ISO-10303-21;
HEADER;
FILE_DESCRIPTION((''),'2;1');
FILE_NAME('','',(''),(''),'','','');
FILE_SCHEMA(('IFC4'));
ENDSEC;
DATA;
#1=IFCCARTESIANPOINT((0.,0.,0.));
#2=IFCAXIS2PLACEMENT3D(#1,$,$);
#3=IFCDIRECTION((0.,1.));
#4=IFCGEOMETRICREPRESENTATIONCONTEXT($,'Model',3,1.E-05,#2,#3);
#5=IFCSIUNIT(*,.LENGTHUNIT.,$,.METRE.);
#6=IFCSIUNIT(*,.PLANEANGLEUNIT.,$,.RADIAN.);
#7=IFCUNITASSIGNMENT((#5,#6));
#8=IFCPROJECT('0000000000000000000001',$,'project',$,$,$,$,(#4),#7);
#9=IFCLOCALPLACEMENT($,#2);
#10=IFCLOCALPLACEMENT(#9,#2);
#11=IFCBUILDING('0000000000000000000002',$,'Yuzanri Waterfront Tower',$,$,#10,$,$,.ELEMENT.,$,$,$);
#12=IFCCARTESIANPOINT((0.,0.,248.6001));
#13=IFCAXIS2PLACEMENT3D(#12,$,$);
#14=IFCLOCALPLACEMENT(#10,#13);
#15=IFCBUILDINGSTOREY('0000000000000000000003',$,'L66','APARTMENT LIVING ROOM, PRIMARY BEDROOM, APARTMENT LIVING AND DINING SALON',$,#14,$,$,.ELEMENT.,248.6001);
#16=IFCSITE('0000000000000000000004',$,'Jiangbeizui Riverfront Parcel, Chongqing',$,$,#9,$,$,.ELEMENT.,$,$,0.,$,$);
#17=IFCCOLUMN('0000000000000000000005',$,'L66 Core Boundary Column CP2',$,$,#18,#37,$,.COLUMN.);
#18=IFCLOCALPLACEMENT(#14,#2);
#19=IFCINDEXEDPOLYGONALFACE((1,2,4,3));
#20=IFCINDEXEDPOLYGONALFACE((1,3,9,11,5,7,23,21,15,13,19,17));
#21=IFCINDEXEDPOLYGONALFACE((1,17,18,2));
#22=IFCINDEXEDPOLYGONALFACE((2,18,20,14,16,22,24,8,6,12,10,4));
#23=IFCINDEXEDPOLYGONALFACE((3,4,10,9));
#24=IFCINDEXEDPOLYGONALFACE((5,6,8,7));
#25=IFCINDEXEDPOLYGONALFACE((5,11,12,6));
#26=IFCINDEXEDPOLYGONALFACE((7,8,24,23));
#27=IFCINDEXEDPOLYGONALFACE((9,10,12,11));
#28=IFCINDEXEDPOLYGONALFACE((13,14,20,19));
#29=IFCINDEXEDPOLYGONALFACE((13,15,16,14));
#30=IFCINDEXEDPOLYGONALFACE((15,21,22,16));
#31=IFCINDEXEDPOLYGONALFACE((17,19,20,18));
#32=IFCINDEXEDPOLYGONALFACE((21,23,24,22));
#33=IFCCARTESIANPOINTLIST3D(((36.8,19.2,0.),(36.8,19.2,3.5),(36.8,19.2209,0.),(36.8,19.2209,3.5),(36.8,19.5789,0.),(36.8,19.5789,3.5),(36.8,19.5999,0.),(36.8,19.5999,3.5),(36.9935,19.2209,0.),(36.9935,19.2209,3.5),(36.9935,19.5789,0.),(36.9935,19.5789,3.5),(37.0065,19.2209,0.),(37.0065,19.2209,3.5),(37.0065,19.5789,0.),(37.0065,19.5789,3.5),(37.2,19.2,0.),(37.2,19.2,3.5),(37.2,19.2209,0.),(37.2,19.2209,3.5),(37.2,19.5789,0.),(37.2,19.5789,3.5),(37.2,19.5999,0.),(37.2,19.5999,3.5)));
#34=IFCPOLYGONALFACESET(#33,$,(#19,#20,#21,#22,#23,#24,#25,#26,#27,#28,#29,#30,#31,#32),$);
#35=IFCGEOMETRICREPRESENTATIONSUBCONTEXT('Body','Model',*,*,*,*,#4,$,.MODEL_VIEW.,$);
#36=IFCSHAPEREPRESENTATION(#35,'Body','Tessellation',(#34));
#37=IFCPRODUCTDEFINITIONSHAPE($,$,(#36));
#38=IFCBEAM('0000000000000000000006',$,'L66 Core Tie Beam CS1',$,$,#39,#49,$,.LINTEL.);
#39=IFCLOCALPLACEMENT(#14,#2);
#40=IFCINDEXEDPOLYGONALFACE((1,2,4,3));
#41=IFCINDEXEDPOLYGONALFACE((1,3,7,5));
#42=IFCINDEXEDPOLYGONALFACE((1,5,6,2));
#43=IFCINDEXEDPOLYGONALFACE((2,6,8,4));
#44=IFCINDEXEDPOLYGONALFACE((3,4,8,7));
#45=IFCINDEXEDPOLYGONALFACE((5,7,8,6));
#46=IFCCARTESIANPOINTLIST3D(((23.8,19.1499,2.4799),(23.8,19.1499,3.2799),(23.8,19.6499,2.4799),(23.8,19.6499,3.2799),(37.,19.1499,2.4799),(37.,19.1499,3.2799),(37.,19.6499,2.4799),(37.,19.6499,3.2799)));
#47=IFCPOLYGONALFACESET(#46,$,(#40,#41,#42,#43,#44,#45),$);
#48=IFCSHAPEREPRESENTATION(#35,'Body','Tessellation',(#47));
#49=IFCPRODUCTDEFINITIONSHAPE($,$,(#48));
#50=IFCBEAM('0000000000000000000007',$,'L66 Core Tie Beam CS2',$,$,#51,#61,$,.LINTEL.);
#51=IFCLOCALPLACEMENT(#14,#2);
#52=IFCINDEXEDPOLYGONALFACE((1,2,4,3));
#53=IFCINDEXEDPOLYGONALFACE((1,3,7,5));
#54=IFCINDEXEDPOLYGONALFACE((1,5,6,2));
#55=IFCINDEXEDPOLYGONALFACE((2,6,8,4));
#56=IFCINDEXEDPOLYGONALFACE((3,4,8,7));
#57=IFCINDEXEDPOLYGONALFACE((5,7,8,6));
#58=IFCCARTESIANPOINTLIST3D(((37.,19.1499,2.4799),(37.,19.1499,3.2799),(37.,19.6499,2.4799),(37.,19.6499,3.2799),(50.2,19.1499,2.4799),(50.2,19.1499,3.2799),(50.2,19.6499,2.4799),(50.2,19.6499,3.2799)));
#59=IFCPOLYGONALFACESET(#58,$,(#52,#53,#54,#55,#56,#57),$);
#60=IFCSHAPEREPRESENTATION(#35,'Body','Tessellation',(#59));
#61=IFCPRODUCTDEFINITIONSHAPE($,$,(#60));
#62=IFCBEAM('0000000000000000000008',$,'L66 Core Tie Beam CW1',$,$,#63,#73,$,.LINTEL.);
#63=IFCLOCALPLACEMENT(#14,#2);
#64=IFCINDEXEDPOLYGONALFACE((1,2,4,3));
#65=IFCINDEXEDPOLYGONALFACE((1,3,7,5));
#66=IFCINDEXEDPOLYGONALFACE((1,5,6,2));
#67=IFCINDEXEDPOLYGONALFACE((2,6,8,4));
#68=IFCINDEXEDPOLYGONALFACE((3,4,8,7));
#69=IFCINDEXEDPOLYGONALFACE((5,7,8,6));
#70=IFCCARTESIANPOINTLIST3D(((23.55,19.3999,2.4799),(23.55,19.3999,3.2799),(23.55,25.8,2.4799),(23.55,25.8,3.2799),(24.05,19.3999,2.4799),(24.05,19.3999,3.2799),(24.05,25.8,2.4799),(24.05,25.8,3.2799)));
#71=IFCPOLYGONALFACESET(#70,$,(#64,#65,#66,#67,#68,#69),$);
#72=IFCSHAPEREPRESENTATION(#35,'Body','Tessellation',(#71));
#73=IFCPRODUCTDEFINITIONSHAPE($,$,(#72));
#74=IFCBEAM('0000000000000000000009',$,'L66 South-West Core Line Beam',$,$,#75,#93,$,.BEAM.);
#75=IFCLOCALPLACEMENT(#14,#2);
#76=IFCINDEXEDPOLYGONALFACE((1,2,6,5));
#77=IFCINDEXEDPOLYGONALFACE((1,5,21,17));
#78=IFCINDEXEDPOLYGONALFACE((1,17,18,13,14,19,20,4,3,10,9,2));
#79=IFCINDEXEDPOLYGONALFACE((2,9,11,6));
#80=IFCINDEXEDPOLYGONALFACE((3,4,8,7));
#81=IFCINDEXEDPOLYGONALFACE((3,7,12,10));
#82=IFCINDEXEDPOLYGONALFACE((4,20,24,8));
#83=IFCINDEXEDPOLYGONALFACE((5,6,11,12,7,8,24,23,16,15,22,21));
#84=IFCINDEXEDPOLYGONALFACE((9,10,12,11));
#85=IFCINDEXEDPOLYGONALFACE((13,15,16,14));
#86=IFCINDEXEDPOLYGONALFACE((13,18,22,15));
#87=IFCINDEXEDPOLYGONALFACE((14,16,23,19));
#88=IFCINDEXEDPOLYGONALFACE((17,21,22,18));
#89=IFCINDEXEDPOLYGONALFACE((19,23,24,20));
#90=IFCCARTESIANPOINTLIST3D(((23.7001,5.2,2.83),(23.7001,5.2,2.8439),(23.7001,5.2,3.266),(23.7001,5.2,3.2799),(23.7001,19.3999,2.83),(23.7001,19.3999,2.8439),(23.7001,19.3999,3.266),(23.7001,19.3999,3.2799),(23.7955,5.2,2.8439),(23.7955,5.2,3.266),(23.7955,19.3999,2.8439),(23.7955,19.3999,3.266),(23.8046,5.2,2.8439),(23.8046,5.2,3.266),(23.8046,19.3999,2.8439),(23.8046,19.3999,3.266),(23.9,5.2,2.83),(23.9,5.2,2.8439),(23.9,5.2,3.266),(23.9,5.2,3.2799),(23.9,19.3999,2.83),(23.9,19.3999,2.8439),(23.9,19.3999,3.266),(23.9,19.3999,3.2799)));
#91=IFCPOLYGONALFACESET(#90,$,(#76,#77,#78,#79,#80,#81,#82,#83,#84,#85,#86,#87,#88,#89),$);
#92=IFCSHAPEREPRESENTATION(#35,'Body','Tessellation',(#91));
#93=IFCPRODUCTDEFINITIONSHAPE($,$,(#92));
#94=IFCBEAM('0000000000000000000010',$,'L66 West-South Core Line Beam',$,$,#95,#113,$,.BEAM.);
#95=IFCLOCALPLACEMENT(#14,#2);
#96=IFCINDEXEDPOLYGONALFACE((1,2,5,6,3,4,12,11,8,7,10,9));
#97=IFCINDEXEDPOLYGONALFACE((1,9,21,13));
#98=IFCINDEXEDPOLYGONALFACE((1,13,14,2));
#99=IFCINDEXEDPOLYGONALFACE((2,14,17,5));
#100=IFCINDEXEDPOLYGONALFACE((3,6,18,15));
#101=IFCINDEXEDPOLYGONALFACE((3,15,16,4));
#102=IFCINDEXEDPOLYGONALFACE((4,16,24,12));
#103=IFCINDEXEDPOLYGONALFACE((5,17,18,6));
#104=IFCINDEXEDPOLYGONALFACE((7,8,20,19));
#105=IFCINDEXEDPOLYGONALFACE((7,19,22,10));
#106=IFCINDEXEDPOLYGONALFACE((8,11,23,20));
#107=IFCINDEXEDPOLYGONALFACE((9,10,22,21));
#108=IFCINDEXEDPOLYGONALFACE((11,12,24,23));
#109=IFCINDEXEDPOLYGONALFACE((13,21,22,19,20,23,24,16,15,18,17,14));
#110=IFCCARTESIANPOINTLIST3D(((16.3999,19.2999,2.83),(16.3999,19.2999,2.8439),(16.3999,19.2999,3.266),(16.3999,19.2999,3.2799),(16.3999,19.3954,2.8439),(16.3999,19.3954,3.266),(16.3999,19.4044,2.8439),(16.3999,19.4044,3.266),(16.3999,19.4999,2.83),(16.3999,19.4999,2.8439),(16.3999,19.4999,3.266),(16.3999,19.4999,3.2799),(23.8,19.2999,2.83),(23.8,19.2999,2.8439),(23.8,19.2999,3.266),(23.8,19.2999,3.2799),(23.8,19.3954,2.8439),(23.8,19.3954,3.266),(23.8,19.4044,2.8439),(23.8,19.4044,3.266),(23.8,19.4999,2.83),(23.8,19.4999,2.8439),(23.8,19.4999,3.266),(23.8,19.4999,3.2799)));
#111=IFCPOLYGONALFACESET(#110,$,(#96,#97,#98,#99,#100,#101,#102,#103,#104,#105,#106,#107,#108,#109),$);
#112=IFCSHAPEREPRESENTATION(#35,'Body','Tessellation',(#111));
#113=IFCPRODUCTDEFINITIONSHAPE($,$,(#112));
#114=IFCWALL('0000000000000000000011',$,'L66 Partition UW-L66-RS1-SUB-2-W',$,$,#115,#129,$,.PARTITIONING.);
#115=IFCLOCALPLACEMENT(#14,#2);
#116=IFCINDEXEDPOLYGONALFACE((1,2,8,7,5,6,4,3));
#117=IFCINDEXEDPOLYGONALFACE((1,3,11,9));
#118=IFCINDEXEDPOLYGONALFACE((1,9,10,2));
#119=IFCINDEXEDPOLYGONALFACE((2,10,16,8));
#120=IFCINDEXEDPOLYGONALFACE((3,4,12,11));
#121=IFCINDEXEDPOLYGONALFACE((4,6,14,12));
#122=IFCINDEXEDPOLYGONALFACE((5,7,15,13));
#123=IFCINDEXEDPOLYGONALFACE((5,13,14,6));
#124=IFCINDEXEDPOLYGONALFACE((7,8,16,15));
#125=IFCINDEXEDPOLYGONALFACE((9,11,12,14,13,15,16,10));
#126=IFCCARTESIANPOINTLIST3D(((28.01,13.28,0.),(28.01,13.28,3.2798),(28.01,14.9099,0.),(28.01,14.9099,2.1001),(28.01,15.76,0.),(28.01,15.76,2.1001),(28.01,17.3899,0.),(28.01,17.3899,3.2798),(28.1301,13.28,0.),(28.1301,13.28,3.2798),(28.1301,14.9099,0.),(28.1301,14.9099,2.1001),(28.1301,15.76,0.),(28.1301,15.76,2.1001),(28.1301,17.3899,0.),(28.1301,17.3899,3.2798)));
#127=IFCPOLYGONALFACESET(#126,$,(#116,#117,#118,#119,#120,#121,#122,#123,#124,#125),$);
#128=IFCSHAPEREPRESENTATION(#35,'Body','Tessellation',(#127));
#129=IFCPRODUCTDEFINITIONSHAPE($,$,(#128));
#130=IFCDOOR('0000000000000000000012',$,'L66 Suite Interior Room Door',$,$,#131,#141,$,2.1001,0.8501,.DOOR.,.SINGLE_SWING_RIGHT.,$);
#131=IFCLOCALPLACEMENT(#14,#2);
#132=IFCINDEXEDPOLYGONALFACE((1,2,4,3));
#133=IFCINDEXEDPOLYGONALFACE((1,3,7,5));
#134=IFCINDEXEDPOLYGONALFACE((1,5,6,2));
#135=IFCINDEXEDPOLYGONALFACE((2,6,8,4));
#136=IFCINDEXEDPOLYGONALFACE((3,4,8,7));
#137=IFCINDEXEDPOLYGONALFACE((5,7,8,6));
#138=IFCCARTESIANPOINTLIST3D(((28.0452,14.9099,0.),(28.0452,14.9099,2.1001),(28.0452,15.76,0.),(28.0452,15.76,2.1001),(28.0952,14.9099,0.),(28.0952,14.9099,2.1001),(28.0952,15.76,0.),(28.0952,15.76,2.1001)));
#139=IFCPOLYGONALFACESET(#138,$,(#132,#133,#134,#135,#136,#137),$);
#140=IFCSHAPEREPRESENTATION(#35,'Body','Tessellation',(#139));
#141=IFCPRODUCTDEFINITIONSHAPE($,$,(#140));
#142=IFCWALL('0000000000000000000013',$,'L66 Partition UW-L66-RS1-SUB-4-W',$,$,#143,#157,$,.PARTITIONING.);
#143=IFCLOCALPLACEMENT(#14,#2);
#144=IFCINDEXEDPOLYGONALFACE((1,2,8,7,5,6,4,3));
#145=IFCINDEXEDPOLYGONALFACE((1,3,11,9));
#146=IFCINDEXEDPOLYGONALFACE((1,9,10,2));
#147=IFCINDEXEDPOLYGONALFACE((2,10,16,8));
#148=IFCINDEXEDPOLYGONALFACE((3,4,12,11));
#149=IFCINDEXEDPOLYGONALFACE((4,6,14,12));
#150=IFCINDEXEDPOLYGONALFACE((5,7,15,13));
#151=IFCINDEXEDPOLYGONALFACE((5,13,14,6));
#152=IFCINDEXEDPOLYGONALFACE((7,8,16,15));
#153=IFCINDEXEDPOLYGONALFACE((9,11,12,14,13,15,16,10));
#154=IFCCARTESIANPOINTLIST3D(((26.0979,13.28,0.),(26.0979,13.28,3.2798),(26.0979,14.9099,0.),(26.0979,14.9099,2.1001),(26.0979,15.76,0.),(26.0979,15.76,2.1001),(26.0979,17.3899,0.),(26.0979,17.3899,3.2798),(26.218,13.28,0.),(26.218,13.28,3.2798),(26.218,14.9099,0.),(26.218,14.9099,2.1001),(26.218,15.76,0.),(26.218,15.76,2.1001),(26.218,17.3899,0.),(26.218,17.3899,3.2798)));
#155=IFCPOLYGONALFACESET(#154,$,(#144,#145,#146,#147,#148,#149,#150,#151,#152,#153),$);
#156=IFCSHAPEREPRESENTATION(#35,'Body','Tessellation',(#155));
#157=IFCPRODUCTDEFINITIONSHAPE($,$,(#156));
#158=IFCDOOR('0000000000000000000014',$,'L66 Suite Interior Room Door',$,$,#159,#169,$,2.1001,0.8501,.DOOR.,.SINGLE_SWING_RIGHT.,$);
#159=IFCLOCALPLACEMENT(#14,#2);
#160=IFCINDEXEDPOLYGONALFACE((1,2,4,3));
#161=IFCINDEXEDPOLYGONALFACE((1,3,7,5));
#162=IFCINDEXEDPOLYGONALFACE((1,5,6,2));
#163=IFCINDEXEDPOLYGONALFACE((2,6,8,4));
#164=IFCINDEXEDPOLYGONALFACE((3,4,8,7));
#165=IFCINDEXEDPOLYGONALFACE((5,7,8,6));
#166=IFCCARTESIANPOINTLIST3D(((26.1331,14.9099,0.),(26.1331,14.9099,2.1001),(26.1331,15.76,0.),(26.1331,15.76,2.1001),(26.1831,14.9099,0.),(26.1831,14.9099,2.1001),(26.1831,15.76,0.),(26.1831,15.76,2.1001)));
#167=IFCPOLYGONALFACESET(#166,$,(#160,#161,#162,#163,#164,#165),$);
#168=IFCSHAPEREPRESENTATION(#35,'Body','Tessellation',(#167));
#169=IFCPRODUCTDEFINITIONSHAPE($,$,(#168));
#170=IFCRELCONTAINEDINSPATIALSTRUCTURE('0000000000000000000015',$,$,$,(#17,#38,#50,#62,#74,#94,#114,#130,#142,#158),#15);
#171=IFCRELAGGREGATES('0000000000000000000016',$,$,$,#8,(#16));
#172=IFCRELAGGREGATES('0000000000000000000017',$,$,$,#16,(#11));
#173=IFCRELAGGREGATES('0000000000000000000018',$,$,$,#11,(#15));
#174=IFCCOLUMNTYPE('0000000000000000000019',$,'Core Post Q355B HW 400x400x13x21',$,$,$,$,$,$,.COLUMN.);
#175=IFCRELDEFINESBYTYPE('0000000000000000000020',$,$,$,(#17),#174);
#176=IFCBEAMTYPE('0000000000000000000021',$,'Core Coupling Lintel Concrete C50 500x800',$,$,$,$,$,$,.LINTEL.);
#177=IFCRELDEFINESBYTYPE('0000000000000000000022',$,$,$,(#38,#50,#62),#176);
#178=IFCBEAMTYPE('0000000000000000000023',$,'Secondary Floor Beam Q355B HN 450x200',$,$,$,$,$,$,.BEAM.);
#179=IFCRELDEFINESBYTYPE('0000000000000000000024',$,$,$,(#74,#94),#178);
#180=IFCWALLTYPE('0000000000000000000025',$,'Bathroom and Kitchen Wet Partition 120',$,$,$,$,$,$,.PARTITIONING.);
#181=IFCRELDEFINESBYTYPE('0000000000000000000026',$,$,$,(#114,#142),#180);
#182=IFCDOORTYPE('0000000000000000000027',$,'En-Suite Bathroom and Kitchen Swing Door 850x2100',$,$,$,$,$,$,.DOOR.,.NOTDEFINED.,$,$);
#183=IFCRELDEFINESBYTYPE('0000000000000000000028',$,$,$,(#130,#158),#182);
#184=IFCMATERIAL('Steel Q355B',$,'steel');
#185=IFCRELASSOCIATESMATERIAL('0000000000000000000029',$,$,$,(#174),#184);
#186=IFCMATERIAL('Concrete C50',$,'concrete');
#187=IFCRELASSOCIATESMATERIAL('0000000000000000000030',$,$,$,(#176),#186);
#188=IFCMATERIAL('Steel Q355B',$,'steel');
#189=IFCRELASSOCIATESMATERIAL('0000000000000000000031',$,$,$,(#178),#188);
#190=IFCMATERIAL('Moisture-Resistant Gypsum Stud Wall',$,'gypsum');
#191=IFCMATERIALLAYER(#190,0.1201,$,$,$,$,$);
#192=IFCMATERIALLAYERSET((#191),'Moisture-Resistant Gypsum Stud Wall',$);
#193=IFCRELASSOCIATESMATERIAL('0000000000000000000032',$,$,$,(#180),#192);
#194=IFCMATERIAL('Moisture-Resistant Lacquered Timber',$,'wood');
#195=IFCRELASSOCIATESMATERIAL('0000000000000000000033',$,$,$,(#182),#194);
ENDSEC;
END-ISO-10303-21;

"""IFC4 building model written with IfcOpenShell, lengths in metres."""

from ifc_helpers import new_model, si_unit, direction, frame, frame_2d, origin, origin_2d, place, context, subcontext, project, spatial, rectangle, i_section, extrude, source, transform, mapped, material, layer, layer_set, material_profile, profile_set, type_object, element, fill, save


model = new_model("IFC4")

# Units and contexts
model_context = context("Model", 3, precision=1e-05, world=origin(), true_north=direction((0.0, 1.0)))
body_context = subcontext(model_context, "Body", "Model", "MODEL_VIEW")
ifc_project = project(units=[si_unit("LENGTHUNIT", "METRE"), si_unit("PLANEANGLEUNIT", "RADIAN")], contexts=[model_context])

# Site, building, storey
site_placement = place(None, origin())
site = spatial("IfcSite", under=ifc_project, at=site_placement, Name="Jiangbeizui Riverfront Parcel, Chongqing", CompositionType="ELEMENT", RefElevation=0.0)
building_placement = place(site_placement, origin())
building = spatial("IfcBuilding", under=site, at=building_placement, Name="Yuzanri Waterfront Tower", CompositionType="ELEMENT")
storey_placement = place(building_placement, frame((0.0, 0.0, 248.6001)))
storey = spatial("IfcBuildingStorey", under=building, at=storey_placement, Name="L66", Description="APARTMENT LIVING ROOM, PRIMARY BEDROOM, APARTMENT LIVING AND DINING SALON", CompositionType="ELEMENT", Elevation=248.6001)

# Column
ifc_material_1 = material(Name="Steel Q355B", Category="steel")
ifc_material_profile_1 = material_profile(ifc_material_1, i_section(OverallWidth=0.3999, OverallDepth=0.3999, WebThickness=0.0129, FlangeThickness=0.021, at=origin_2d()), Name="HW 400x400x13x21")
ifc_profile_set_1 = profile_set([ifc_material_profile_1], Name="Steel Q355B")
column_type = type_object("IfcColumnType", Name="Core Post Q355B HW 400x400x13x21", PredefinedType="COLUMN", material=ifc_profile_set_1)
shared_shape_1 = source(origin(), body_context, "Body", "SweptSolid", [
    extrude(i_section(OverallWidth=0.3999, OverallDepth=0.3999, WebThickness=0.0129, FlangeThickness=0.021, at=origin_2d()), origin(), (0.0, 0.0, 1.0), 3.5),
])
column_placement = place(storey_placement, frame((37.0, 19.3999, 0.0), z_axis=(0.0, 0.0, 1.0), x_axis=(1.0, 0.0, 0.0)))
element("IfcColumn", 1, at=column_placement, inside=storey, type_object=column_type, Name="L66 Core Boundary Column CP2", PredefinedType="COLUMN", context=body_context, shape_type="MappedRepresentation", body=[
    mapped(shared_shape_1, transform((0.0, 0.0, 0.0), scale=1.0)),
])

# Beams
ifc_material_2 = material(Name="Concrete C50", Category="concrete")
ifc_material_profile_2 = material_profile(ifc_material_2, rectangle(XDim=0.5, YDim=0.8, at=origin_2d()), Name="RC 500x800")
ifc_profile_set_2 = profile_set([ifc_material_profile_2], Name="Concrete C50")
beam_type_1 = type_object("IfcBeamType", Name="Core Coupling Lintel Concrete C50 500x800", PredefinedType="LINTEL", material=ifc_profile_set_2)
shared_shape_2 = source(origin(), body_context, "Body", "SweptSolid", [
    extrude(rectangle(XDim=0.5, YDim=0.8, at=origin_2d()), origin(), (0.0, 0.0, 1.0), 13.2),
])
for number, where, z_axis, x_axis, name in (
    (2, (23.8, 19.3999, 2.8799), (1.0, 0.0, 0.0), (0.0, 1.0, 0.0), "L66 Core Tie Beam CS1"),
    (3, (37.0, 19.3999, 2.8799), (1.0, 0.0, 0.0), (0.0, 1.0, 0.0), "L66 Core Tie Beam CS2"),
):
    element("IfcBeam", number, at=place(storey_placement, frame(where, z_axis=z_axis, x_axis=x_axis)), inside=storey, type_object=beam_type_1, Name=name, PredefinedType="LINTEL", context=body_context, shape_type="MappedRepresentation", body=[
        mapped(shared_shape_2, transform((0.0, 0.0, 0.0), scale=1.0)),
    ])
shared_shape_3 = source(origin(), body_context, "Body", "SweptSolid", [
    extrude(rectangle(XDim=0.5, YDim=0.8, at=origin_2d()), origin(), (0.0, 0.0, 1.0), 6.4001),
])
beam_1_placement = place(storey_placement, frame((23.8, 19.3999, 2.8799), z_axis=(0.0, 1.0, 0.0), x_axis=(-1.0, 0.0, 0.0)))
element("IfcBeam", 4, at=beam_1_placement, inside=storey, type_object=beam_type_1, Name="L66 Core Tie Beam CW1", PredefinedType="LINTEL", context=body_context, shape_type="MappedRepresentation", body=[
    mapped(shared_shape_3, transform((0.0, 0.0, 0.0), scale=1.0)),
])
ifc_material_3 = material(Name="Steel Q355B", Category="steel")
ifc_material_profile_3 = material_profile(ifc_material_3, i_section(OverallWidth=0.2, OverallDepth=0.45, WebThickness=0.009, FlangeThickness=0.0139, at=origin_2d()), Name="HN 450x200x9x14")
ifc_profile_set_3 = profile_set([ifc_material_profile_3], Name="Steel Q355B")
beam_type_2 = type_object("IfcBeamType", Name="Secondary Floor Beam Q355B HN 450x200", PredefinedType="BEAM", material=ifc_profile_set_3)
shared_shape_4 = source(origin(), body_context, "Body", "SweptSolid", [
    extrude(i_section(OverallWidth=0.2, OverallDepth=0.45, WebThickness=0.009, FlangeThickness=0.0139, at=origin_2d()), origin(), (0.0, 0.0, 1.0), 14.2),
])
beam_2_placement = place(storey_placement, frame((23.8, 19.3999, 3.0549), z_axis=(0.0, -1.0, 0.0), x_axis=(1.0, 0.0, 0.0)))
element("IfcBeam", 5, at=beam_2_placement, inside=storey, type_object=beam_type_2, Name="L66 South-West Core Line Beam", PredefinedType="BEAM", context=body_context, shape_type="MappedRepresentation", body=[
    mapped(shared_shape_4, transform((0.0, 0.0, 0.0), scale=1.0)),
])
shared_shape_5 = source(origin(), body_context, "Body", "SweptSolid", [
    extrude(i_section(OverallWidth=0.2, OverallDepth=0.45, WebThickness=0.009, FlangeThickness=0.0139, at=origin_2d()), origin(), (0.0, 0.0, 1.0), 7.4001),
])
beam_3_placement = place(storey_placement, frame((23.8, 19.3999, 3.0549), z_axis=(-1.0, 0.0, 0.0), x_axis=(0.0, -1.0, 0.0)))
element("IfcBeam", 6, at=beam_3_placement, inside=storey, type_object=beam_type_2, Name="L66 West-South Core Line Beam", PredefinedType="BEAM", context=body_context, shape_type="MappedRepresentation", body=[
    mapped(shared_shape_5, transform((0.0, 0.0, 0.0), scale=1.0)),
])

# Walls, openings, doors
ifc_material_4 = material(Name="Moisture-Resistant Gypsum Stud Wall", Category="gypsum")
ifc_layer_1 = layer(ifc_material_4, 0.1201)
ifc_layer_set_1 = layer_set([ifc_layer_1], Name="Moisture-Resistant Gypsum Stud Wall")
wall_type_1 = type_object("IfcWallType", Name="Bathroom and Kitchen Wet Partition 120", PredefinedType="PARTITIONING", material=ifc_layer_set_1)
wall_1_placement = place(storey_placement, frame((28.0701, 13.28, 0.0), z_axis=(0.0, 0.0, 1.0), x_axis=(0.0, 1.0, 0.0)))
wall_1 = element("IfcWall", 7, at=wall_1_placement, inside=storey, type_object=wall_type_1, Name="L66 Partition UW-L66-RS1-SUB-2-W", PredefinedType="PARTITIONING", context=body_context, shape_type="SweptSolid", body=[
    extrude(rectangle(XDim=4.1099, YDim=0.1201, at=frame_2d((2.0549, 0.0))), origin(), (0.0, 0.0, 1.0), 3.2798),
])
opening_1_placement = place(wall_1_placement, frame((1.6299, 0.0, 0.0)))
opening_1 = element("IfcOpeningElement", 8, at=opening_1_placement, cuts=wall_1, PredefinedType="OPENING", context=body_context, shape_type="SweptSolid", body=[
    extrude(rectangle(XDim=0.8501, YDim=2.1001, at=frame_2d((0.425, 1.05))), frame((0.0, 0.075, 0.0), z_axis=(0.0, -1.0, 0.0), x_axis=(1.0, 0.0, 0.0)), (0.0, 0.0, 1.0), 0.1499),
])
ifc_material_5 = material(Name="Moisture-Resistant Lacquered Timber", Category="wood")
door_type_1 = type_object("IfcDoorType", Name="En-Suite Bathroom and Kitchen Swing Door 850x2100", OperationType="NOTDEFINED", PredefinedType="DOOR", material=ifc_material_5)
shared_shape_6 = source(origin(), body_context, "Body", "SweptSolid", [
    extrude(rectangle(XDim=0.8501, YDim=2.1001, at=frame_2d((0.425, 1.05))), frame((0.0, 0.0249, 0.0), z_axis=(0.0, -1.0, 0.0), x_axis=(1.0, 0.0, 0.0)), (0.0, 0.0, 1.0), 0.05),
])
door_1_placement = place(opening_1_placement, origin())
door_1 = element("IfcDoor", 9, at=door_1_placement, inside=storey, type_object=door_type_1, Name="L66 Suite Interior Room Door", OperationType="SINGLE_SWING_RIGHT", OverallHeight=2.1001, OverallWidth=0.8501, PredefinedType="DOOR", context=body_context, shape_type="MappedRepresentation", body=[
    mapped(shared_shape_6, transform((0.0, 0.0, 0.0), scale=1.0)),
])
fill(opening_1, door_1)
wall_2_placement = place(storey_placement, frame((26.158, 13.28, 0.0), z_axis=(0.0, 0.0, 1.0), x_axis=(0.0, 1.0, 0.0)))
wall_2 = element("IfcWall", 10, at=wall_2_placement, inside=storey, type_object=wall_type_1, Name="L66 Partition UW-L66-RS1-SUB-4-W", PredefinedType="PARTITIONING", context=body_context, shape_type="SweptSolid", body=[
    extrude(rectangle(XDim=4.1099, YDim=0.1201, at=frame_2d((2.0549, 0.0))), origin(), (0.0, 0.0, 1.0), 3.2798),
])
opening_2_placement = place(wall_2_placement, frame((1.6299, 0.0, 0.0)))
opening_2 = element("IfcOpeningElement", 11, at=opening_2_placement, cuts=wall_2, PredefinedType="OPENING", context=body_context, shape_type="SweptSolid", body=[
    extrude(rectangle(XDim=0.8501, YDim=2.1001, at=frame_2d((0.425, 1.05))), frame((0.0, 0.075, 0.0), z_axis=(0.0, -1.0, 0.0), x_axis=(1.0, 0.0, 0.0)), (0.0, 0.0, 1.0), 0.1499),
])
door_2_placement = place(opening_2_placement, origin())
door_2 = element("IfcDoor", 12, at=door_2_placement, inside=storey, type_object=door_type_1, Name="L66 Suite Interior Room Door", OperationType="SINGLE_SWING_RIGHT", OverallHeight=2.1001, OverallWidth=0.8501, PredefinedType="DOOR", context=body_context, shape_type="MappedRepresentation", body=[
    mapped(shared_shape_6, transform((0.0, 0.0, 0.0), scale=1.0)),
])
fill(opening_2, door_2)

save(model, "model.ifc")
